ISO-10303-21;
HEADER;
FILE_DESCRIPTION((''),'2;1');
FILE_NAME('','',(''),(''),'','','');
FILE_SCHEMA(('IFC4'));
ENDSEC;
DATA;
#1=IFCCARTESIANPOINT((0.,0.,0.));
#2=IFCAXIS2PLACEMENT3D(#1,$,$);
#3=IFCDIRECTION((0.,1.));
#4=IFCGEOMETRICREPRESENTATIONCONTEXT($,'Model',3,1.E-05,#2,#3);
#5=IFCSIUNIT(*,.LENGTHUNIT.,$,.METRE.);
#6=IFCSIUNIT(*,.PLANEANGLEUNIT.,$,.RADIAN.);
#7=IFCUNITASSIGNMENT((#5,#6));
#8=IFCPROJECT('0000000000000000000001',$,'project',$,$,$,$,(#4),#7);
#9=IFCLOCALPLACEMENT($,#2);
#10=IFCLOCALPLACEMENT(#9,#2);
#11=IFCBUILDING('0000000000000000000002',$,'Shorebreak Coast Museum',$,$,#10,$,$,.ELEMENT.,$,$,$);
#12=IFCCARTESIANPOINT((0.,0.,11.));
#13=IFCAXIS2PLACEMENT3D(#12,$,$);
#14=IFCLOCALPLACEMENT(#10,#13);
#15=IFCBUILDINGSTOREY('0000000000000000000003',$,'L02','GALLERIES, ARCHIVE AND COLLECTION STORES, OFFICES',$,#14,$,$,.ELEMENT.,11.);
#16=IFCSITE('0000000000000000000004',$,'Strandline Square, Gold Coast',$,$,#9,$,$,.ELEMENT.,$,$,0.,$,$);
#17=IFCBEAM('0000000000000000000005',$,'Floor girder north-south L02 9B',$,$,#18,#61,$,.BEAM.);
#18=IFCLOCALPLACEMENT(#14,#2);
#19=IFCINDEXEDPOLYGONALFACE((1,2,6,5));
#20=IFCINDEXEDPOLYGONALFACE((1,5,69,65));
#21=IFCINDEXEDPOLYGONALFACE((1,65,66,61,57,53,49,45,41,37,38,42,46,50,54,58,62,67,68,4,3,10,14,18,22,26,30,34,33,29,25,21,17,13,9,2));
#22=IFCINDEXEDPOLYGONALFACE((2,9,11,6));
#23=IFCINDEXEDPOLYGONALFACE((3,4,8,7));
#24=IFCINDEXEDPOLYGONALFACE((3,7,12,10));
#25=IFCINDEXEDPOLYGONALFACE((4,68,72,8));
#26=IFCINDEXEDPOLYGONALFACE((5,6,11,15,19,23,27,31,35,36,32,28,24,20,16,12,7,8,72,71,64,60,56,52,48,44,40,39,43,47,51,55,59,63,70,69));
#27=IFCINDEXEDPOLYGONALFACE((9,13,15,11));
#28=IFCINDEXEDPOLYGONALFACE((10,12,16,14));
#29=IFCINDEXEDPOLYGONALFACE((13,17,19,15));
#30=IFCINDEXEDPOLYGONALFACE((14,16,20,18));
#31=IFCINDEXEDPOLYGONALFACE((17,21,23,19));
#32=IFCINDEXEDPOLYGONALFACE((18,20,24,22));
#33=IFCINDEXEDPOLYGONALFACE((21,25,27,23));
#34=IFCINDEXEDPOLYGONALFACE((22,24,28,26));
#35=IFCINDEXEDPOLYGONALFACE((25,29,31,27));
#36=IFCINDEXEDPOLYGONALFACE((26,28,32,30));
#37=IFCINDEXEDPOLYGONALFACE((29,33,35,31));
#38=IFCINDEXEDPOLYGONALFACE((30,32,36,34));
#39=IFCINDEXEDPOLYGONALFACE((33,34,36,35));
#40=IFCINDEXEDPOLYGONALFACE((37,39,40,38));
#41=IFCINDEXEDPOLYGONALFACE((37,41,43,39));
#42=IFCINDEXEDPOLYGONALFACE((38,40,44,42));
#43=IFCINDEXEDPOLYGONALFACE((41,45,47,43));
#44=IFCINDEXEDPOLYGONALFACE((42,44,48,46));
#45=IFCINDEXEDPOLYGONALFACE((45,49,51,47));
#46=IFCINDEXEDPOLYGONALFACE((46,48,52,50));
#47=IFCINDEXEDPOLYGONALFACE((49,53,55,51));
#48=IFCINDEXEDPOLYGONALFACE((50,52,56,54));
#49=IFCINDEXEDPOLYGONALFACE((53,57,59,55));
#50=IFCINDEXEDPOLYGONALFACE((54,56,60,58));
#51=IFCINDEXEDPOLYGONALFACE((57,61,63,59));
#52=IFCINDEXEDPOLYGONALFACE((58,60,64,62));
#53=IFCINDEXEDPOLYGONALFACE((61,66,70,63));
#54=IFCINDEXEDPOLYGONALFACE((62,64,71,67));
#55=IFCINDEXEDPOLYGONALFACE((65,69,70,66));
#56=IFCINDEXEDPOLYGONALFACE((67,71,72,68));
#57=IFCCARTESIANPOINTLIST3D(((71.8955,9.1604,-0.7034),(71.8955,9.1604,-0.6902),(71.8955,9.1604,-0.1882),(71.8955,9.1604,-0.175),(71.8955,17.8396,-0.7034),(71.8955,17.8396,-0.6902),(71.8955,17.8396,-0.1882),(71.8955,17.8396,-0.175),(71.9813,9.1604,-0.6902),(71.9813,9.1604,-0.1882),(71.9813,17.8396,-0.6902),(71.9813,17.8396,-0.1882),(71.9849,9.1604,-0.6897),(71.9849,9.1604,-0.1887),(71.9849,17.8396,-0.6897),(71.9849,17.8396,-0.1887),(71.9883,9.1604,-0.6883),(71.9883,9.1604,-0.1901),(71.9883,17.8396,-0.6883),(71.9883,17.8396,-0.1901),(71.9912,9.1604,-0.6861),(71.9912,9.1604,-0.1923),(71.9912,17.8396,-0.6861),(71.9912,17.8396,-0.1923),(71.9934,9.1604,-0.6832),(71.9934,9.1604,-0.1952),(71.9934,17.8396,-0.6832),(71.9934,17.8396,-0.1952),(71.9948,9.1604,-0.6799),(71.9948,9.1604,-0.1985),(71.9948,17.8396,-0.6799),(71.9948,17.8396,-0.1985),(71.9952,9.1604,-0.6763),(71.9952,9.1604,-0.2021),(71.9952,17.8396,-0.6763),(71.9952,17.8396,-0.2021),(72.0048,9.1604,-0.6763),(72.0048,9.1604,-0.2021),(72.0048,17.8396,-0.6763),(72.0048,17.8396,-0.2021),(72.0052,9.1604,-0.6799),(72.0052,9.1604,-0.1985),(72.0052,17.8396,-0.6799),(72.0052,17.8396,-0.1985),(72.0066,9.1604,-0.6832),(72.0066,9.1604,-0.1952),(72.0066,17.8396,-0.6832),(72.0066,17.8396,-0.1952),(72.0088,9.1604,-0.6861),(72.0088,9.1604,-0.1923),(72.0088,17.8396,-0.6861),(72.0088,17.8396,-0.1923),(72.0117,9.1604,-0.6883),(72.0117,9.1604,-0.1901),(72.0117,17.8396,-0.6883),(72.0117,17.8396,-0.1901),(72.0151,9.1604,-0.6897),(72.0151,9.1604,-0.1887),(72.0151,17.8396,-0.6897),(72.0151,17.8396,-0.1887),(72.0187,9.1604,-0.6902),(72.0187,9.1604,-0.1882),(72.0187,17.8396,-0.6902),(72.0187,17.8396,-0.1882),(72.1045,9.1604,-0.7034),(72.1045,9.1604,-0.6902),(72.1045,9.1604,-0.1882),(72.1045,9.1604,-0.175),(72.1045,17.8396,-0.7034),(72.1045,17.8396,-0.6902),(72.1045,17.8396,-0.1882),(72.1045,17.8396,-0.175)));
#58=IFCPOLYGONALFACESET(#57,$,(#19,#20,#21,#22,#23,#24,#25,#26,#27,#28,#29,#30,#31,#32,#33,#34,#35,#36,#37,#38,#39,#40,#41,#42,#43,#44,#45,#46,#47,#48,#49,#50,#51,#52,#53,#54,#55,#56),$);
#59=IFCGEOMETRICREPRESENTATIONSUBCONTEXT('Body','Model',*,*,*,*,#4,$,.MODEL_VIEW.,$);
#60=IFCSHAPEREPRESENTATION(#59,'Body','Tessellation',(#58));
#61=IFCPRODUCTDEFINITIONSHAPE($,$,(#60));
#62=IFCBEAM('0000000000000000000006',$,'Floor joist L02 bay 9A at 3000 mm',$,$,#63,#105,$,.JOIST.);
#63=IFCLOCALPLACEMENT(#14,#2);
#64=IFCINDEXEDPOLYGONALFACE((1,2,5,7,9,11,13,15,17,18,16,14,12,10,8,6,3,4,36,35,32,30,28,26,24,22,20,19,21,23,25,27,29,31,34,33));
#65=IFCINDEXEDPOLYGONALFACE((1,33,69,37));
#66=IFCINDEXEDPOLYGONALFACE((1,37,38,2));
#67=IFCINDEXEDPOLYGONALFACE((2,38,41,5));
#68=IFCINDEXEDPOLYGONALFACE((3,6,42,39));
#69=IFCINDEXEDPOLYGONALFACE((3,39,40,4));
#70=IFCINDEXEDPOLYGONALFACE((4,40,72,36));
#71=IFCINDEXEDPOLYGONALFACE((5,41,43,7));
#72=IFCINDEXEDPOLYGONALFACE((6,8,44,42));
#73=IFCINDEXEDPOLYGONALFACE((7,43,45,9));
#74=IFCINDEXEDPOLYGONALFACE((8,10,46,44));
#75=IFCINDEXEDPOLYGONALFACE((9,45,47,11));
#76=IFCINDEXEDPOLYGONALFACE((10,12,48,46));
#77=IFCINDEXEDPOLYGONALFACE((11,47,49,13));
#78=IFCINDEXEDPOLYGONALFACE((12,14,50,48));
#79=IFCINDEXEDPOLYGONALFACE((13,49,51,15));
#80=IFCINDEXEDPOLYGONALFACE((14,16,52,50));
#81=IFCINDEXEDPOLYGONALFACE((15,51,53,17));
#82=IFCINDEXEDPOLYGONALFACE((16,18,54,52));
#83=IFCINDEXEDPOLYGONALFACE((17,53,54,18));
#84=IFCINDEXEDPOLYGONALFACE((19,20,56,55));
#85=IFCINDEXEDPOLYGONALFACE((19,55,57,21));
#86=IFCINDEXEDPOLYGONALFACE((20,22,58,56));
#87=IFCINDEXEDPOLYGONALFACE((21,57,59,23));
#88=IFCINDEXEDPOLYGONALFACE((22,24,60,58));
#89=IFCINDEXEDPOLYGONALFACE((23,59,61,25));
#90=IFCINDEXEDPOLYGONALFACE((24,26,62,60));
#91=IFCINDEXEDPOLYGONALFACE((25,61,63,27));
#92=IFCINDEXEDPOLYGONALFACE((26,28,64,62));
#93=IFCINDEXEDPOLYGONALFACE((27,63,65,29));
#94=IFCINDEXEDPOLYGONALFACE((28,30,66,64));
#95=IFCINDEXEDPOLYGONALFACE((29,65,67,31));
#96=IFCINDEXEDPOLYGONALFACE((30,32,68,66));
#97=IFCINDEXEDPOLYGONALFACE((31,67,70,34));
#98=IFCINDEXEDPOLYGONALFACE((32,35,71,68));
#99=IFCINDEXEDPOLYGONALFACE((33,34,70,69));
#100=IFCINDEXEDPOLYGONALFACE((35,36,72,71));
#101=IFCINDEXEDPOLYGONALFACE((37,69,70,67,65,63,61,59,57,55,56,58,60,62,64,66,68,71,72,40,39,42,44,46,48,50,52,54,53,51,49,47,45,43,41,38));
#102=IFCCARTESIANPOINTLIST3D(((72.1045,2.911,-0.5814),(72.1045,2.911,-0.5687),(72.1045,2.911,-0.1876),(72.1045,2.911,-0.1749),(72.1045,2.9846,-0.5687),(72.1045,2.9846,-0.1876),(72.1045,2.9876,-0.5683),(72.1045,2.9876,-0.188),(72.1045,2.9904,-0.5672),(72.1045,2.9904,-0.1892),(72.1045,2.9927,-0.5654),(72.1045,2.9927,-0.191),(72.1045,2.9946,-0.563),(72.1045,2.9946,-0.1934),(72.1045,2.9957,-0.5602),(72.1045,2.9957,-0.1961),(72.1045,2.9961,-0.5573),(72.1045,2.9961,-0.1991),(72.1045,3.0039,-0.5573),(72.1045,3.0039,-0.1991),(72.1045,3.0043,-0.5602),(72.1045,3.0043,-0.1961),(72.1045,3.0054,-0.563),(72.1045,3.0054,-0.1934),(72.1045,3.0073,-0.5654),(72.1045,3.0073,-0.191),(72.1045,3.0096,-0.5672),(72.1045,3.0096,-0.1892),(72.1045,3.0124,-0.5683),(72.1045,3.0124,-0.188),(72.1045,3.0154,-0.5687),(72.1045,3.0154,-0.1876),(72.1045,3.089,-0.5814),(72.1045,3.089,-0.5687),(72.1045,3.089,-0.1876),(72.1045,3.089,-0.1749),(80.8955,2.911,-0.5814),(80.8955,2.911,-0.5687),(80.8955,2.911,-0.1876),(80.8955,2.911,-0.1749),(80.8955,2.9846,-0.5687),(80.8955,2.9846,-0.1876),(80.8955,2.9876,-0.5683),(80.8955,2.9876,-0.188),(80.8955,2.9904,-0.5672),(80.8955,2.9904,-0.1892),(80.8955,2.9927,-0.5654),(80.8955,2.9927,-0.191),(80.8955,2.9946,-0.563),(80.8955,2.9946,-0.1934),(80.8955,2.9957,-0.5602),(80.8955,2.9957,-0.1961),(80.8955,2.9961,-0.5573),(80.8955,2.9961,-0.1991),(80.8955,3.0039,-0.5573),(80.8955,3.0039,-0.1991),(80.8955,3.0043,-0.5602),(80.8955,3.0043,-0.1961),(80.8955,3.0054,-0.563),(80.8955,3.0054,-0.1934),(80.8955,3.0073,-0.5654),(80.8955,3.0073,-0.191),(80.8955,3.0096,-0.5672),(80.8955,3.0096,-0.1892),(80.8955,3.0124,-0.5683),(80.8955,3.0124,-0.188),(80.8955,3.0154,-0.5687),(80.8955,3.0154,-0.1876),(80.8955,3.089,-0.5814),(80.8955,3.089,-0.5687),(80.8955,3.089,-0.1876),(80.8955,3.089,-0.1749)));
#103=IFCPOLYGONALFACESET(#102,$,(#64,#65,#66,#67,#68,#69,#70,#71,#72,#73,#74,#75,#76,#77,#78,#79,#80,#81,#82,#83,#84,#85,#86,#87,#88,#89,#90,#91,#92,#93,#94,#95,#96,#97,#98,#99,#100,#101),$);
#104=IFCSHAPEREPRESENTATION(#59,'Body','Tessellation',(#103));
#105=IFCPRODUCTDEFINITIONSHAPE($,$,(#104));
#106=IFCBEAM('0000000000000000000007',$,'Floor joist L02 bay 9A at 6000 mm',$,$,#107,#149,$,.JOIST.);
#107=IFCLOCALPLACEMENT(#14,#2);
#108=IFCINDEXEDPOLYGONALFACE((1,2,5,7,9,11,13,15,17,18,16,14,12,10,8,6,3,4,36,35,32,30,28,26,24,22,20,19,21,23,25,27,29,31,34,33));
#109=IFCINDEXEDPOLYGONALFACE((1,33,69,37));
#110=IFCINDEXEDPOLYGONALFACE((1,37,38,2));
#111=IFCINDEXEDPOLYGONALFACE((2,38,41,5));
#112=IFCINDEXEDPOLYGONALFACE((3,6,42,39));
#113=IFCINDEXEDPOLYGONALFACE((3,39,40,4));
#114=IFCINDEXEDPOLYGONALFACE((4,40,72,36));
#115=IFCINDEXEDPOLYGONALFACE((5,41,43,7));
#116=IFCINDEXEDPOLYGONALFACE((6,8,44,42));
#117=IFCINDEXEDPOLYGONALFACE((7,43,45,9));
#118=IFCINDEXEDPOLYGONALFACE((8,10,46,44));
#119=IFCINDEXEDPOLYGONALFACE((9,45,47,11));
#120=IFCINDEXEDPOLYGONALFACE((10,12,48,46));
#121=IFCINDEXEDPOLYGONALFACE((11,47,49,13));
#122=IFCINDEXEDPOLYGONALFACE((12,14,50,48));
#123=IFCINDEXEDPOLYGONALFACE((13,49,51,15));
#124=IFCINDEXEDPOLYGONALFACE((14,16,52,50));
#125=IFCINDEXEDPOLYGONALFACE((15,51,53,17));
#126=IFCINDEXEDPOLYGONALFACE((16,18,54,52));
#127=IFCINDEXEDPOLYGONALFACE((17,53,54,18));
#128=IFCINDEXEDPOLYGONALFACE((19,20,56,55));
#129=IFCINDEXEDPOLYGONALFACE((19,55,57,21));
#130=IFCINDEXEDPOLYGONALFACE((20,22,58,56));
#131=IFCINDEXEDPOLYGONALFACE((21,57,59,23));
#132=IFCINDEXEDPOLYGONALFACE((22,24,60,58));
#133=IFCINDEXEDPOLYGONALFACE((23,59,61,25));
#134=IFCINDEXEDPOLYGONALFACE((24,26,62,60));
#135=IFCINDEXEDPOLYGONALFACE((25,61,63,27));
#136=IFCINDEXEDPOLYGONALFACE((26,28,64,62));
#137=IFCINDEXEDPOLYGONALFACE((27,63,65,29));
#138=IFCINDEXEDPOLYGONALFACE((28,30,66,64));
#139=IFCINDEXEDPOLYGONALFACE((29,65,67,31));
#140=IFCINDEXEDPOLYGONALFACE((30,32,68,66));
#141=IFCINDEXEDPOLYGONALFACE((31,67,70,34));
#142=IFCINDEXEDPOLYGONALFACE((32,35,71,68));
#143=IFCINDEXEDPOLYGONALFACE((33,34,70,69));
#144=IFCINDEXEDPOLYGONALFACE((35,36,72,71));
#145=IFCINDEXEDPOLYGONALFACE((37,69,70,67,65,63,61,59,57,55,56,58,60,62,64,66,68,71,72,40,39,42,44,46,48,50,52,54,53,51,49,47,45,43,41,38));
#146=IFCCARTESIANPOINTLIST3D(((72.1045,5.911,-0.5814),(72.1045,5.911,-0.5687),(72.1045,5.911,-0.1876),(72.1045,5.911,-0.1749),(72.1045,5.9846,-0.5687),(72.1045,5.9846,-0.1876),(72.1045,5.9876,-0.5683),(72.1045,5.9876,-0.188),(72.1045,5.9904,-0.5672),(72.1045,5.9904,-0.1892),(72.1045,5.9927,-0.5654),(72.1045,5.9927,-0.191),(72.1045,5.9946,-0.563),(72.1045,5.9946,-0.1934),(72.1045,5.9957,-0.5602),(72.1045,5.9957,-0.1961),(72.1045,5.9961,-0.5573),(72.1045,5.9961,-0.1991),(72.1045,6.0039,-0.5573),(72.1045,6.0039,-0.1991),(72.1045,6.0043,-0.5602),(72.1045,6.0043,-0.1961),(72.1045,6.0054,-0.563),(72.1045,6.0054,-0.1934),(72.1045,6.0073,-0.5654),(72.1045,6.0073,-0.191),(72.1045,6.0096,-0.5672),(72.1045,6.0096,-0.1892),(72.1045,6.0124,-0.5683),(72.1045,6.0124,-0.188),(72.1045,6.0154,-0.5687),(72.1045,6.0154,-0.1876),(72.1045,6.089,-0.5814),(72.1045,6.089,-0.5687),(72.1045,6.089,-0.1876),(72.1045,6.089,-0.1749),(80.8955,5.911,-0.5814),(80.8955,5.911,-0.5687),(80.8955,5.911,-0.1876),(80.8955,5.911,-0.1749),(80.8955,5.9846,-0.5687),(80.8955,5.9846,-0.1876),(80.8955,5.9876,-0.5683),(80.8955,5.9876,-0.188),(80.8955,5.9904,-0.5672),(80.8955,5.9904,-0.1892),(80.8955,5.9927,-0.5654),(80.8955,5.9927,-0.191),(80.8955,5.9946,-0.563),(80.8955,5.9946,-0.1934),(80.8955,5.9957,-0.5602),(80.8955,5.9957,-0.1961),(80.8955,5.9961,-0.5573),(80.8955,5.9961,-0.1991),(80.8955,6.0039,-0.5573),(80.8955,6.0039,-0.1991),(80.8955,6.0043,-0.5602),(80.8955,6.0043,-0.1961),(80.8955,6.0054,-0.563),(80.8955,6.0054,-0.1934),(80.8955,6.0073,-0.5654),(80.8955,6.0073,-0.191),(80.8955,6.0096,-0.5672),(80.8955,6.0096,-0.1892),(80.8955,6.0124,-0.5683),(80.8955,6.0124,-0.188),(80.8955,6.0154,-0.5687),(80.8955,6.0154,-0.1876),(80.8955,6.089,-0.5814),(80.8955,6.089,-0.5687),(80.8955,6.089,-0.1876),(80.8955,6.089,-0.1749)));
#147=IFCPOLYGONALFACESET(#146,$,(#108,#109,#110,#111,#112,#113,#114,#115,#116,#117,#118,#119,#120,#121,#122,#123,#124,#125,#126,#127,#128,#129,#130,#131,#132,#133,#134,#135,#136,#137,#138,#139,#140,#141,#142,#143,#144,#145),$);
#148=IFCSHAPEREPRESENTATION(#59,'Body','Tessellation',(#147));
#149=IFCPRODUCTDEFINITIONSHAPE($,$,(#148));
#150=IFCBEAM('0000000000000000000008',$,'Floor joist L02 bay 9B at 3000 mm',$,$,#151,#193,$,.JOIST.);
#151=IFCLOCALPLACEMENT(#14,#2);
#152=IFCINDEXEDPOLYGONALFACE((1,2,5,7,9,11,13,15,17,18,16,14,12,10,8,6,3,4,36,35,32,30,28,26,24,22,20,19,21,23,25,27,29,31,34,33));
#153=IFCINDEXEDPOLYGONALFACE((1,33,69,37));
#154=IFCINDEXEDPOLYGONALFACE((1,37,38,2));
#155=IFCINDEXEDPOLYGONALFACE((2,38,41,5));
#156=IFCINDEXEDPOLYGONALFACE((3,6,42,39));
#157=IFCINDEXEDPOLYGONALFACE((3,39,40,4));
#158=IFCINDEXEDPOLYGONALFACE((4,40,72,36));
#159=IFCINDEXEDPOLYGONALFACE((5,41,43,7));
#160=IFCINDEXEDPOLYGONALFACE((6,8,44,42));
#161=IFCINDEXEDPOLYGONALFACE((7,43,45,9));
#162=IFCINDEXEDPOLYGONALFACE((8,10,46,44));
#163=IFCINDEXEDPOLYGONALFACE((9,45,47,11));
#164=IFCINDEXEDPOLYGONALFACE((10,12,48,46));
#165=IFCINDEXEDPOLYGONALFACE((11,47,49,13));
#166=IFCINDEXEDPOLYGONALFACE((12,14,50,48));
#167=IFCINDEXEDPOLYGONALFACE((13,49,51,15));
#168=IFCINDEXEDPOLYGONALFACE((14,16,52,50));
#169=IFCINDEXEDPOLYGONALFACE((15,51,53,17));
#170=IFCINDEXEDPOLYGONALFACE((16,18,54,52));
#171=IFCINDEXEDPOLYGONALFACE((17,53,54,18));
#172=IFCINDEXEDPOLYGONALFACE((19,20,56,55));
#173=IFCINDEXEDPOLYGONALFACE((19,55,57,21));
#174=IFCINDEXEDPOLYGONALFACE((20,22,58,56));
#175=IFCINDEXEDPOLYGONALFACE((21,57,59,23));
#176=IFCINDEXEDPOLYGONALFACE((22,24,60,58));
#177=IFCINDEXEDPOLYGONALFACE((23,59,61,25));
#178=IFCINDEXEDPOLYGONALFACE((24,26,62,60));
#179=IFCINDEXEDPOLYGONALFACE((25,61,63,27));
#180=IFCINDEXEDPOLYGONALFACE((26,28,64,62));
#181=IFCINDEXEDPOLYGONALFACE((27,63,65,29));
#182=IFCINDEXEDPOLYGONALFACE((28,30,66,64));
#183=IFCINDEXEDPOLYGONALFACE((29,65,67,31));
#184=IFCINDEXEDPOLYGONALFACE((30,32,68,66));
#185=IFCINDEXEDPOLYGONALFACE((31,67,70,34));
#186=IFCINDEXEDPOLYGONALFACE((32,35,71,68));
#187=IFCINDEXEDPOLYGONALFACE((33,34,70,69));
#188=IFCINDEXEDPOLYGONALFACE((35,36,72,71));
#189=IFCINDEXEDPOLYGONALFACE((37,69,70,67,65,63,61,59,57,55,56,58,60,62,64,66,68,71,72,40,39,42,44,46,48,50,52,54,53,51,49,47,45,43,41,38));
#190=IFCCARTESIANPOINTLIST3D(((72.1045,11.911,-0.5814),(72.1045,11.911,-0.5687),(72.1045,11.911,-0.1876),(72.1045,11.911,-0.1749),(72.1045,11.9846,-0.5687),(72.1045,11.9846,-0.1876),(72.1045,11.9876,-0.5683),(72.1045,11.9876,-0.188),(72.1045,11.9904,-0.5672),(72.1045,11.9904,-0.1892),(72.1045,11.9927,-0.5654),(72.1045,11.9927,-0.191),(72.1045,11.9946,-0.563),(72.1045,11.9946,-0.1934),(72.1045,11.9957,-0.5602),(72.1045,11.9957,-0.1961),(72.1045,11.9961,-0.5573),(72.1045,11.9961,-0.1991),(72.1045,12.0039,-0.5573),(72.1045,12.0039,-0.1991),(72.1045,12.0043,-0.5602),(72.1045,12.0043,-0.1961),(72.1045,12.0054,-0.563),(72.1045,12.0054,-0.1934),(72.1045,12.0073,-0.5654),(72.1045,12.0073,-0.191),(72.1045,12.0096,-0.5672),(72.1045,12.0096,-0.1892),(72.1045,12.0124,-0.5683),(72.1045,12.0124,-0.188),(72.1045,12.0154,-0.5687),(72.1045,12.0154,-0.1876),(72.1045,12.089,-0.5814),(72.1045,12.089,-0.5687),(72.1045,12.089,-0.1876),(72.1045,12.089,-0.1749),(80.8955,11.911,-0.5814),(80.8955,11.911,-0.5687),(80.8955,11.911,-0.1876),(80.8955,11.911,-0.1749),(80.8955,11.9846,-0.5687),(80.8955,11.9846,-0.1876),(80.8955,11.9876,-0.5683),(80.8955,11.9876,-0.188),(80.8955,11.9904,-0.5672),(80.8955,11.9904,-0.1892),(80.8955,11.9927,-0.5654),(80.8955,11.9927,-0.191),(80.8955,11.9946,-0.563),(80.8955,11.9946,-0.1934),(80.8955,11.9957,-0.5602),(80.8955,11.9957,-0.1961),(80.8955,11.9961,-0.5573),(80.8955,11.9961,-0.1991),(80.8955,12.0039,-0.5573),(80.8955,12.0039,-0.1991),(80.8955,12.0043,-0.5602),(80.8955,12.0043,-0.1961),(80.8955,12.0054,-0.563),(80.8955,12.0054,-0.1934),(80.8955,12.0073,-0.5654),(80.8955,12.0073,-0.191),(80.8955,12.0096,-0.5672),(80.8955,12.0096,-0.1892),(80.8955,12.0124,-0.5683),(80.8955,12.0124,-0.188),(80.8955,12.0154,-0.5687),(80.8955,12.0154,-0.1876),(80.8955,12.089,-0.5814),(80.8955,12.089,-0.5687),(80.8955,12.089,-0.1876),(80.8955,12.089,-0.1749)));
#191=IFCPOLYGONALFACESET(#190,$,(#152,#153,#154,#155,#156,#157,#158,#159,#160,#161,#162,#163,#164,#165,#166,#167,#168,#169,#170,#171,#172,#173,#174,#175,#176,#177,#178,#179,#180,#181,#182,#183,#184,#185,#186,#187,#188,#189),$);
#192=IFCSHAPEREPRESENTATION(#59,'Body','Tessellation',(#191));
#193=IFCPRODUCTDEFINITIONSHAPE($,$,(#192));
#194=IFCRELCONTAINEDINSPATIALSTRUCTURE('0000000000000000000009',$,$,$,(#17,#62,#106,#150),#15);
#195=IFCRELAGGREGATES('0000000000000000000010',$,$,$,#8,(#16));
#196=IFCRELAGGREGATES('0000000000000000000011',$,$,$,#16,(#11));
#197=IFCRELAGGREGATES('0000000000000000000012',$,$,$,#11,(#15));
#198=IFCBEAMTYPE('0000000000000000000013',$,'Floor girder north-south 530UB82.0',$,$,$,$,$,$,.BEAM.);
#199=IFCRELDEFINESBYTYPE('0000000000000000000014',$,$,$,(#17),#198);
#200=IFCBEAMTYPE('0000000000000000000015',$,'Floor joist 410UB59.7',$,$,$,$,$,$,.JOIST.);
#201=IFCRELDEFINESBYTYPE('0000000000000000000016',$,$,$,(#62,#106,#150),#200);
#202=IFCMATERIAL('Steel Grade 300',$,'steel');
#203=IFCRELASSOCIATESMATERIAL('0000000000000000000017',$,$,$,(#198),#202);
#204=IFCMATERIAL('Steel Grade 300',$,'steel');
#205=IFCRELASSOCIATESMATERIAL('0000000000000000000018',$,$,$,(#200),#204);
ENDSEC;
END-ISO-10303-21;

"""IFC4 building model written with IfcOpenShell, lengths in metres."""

from ifc_helpers import new_model, si_unit, direction, frame, origin, origin_2d, place, context, subcontext, project, spatial, i_section, extrude, material, material_profile, profile_set, type_object, element, save


model = new_model("IFC4")

# Units and contexts
model_context = context("Model", 3, precision=1e-05, world=origin(), true_north=direction((0.0, 1.0)))
body_context = subcontext(model_context, "Body", "Model", "MODEL_VIEW")
ifc_project = project(units=[si_unit("LENGTHUNIT", "METRE"), si_unit("PLANEANGLEUNIT", "RADIAN")], contexts=[model_context])

# Site, building, storey
site_placement = place(None, origin())
site = spatial("IfcSite", under=ifc_project, at=site_placement, Name="Strandline Square, Gold Coast", CompositionType="ELEMENT", RefElevation=0.0)
building_placement = place(site_placement, origin())
building = spatial("IfcBuilding", under=site, at=building_placement, Name="Shorebreak Coast Museum", CompositionType="ELEMENT")
storey_placement = place(building_placement, frame((0.0, 0.0, 11.0)))
storey = spatial("IfcBuildingStorey", under=building, at=storey_placement, Name="L02", Description="GALLERIES, ARCHIVE AND COLLECTION STORES, OFFICES", CompositionType="ELEMENT", Elevation=11.0)

# Beams
ifc_material_1 = material(Name="Steel Grade 300", Category="steel")
ifc_material_profile_1 = material_profile(ifc_material_1, i_section(OverallWidth=0.209, OverallDepth=0.5283, WebThickness=0.0095, FlangeThickness=0.0132, FilletRadius=0.0139, at=origin_2d()), Name="530UB82.0")
ifc_profile_set_1 = profile_set([ifc_material_profile_1], Name="Steel Grade 300")
beam_type_1 = type_object("IfcBeamType", Name="Floor girder north-south 530UB82.0", PredefinedType="BEAM", material=ifc_profile_set_1)
beam_1_placement = place(storey_placement, frame((72.0, 9.1604, -0.4392), z_axis=(0.0, 1.0, 0.0), x_axis=(-1.0, 0.0, 0.0)))
element("IfcBeam", 1, at=beam_1_placement, inside=storey, type_object=beam_type_1, Name="Floor girder north-south L02 9B", PredefinedType="BEAM", context=body_context, shape_type="SweptSolid", body=[
    extrude(i_section(OverallWidth=0.209, OverallDepth=0.5283, WebThickness=0.0095, FlangeThickness=0.0132, FilletRadius=0.0139, at=origin_2d()), origin(), (0.0, 0.0, 1.0), 8.6792),
])
ifc_material_2 = material(Name="Steel Grade 300", Category="steel")
ifc_material_profile_2 = material_profile(ifc_material_2, i_section(OverallWidth=0.178, OverallDepth=0.4065, WebThickness=0.0078, FlangeThickness=0.0127, FilletRadius=0.0115, at=origin_2d()), Name="410UB59.7")
ifc_profile_set_2 = profile_set([ifc_material_profile_2], Name="Steel Grade 300")
beam_type_2 = type_object("IfcBeamType", Name="Floor joist 410UB59.7", PredefinedType="JOIST", material=ifc_profile_set_2)
for number, where, z_axis, x_axis, name in (
    (2, (72.1045, 3.0, -0.3782), (1.0, 0.0, 0.0), (0.0, 1.0, 0.0), "Floor joist L02 bay 9A at 3000 mm"),
    (3, (72.1045, 6.0, -0.3782), (1.0, 0.0, 0.0), (0.0, 1.0, 0.0), "Floor joist L02 bay 9A at 6000 mm"),
    (4, (72.1045, 12.0, -0.3782), (1.0, 0.0, 0.0), (0.0, 1.0, 0.0), "Floor joist L02 bay 9B at 3000 mm"),
):
    element("IfcBeam", number, at=place(storey_placement, frame(where, z_axis=z_axis, x_axis=x_axis)), inside=storey, type_object=beam_type_2, Name=name, PredefinedType="JOIST", context=body_context, shape_type="SweptSolid", body=[
        extrude(i_section(OverallWidth=0.178, OverallDepth=0.4065, WebThickness=0.0078, FlangeThickness=0.0127, FilletRadius=0.0115, at=origin_2d()), origin(), (0.0, 0.0, 1.0), 8.791),
    ])

save(model, "model.ifc")
